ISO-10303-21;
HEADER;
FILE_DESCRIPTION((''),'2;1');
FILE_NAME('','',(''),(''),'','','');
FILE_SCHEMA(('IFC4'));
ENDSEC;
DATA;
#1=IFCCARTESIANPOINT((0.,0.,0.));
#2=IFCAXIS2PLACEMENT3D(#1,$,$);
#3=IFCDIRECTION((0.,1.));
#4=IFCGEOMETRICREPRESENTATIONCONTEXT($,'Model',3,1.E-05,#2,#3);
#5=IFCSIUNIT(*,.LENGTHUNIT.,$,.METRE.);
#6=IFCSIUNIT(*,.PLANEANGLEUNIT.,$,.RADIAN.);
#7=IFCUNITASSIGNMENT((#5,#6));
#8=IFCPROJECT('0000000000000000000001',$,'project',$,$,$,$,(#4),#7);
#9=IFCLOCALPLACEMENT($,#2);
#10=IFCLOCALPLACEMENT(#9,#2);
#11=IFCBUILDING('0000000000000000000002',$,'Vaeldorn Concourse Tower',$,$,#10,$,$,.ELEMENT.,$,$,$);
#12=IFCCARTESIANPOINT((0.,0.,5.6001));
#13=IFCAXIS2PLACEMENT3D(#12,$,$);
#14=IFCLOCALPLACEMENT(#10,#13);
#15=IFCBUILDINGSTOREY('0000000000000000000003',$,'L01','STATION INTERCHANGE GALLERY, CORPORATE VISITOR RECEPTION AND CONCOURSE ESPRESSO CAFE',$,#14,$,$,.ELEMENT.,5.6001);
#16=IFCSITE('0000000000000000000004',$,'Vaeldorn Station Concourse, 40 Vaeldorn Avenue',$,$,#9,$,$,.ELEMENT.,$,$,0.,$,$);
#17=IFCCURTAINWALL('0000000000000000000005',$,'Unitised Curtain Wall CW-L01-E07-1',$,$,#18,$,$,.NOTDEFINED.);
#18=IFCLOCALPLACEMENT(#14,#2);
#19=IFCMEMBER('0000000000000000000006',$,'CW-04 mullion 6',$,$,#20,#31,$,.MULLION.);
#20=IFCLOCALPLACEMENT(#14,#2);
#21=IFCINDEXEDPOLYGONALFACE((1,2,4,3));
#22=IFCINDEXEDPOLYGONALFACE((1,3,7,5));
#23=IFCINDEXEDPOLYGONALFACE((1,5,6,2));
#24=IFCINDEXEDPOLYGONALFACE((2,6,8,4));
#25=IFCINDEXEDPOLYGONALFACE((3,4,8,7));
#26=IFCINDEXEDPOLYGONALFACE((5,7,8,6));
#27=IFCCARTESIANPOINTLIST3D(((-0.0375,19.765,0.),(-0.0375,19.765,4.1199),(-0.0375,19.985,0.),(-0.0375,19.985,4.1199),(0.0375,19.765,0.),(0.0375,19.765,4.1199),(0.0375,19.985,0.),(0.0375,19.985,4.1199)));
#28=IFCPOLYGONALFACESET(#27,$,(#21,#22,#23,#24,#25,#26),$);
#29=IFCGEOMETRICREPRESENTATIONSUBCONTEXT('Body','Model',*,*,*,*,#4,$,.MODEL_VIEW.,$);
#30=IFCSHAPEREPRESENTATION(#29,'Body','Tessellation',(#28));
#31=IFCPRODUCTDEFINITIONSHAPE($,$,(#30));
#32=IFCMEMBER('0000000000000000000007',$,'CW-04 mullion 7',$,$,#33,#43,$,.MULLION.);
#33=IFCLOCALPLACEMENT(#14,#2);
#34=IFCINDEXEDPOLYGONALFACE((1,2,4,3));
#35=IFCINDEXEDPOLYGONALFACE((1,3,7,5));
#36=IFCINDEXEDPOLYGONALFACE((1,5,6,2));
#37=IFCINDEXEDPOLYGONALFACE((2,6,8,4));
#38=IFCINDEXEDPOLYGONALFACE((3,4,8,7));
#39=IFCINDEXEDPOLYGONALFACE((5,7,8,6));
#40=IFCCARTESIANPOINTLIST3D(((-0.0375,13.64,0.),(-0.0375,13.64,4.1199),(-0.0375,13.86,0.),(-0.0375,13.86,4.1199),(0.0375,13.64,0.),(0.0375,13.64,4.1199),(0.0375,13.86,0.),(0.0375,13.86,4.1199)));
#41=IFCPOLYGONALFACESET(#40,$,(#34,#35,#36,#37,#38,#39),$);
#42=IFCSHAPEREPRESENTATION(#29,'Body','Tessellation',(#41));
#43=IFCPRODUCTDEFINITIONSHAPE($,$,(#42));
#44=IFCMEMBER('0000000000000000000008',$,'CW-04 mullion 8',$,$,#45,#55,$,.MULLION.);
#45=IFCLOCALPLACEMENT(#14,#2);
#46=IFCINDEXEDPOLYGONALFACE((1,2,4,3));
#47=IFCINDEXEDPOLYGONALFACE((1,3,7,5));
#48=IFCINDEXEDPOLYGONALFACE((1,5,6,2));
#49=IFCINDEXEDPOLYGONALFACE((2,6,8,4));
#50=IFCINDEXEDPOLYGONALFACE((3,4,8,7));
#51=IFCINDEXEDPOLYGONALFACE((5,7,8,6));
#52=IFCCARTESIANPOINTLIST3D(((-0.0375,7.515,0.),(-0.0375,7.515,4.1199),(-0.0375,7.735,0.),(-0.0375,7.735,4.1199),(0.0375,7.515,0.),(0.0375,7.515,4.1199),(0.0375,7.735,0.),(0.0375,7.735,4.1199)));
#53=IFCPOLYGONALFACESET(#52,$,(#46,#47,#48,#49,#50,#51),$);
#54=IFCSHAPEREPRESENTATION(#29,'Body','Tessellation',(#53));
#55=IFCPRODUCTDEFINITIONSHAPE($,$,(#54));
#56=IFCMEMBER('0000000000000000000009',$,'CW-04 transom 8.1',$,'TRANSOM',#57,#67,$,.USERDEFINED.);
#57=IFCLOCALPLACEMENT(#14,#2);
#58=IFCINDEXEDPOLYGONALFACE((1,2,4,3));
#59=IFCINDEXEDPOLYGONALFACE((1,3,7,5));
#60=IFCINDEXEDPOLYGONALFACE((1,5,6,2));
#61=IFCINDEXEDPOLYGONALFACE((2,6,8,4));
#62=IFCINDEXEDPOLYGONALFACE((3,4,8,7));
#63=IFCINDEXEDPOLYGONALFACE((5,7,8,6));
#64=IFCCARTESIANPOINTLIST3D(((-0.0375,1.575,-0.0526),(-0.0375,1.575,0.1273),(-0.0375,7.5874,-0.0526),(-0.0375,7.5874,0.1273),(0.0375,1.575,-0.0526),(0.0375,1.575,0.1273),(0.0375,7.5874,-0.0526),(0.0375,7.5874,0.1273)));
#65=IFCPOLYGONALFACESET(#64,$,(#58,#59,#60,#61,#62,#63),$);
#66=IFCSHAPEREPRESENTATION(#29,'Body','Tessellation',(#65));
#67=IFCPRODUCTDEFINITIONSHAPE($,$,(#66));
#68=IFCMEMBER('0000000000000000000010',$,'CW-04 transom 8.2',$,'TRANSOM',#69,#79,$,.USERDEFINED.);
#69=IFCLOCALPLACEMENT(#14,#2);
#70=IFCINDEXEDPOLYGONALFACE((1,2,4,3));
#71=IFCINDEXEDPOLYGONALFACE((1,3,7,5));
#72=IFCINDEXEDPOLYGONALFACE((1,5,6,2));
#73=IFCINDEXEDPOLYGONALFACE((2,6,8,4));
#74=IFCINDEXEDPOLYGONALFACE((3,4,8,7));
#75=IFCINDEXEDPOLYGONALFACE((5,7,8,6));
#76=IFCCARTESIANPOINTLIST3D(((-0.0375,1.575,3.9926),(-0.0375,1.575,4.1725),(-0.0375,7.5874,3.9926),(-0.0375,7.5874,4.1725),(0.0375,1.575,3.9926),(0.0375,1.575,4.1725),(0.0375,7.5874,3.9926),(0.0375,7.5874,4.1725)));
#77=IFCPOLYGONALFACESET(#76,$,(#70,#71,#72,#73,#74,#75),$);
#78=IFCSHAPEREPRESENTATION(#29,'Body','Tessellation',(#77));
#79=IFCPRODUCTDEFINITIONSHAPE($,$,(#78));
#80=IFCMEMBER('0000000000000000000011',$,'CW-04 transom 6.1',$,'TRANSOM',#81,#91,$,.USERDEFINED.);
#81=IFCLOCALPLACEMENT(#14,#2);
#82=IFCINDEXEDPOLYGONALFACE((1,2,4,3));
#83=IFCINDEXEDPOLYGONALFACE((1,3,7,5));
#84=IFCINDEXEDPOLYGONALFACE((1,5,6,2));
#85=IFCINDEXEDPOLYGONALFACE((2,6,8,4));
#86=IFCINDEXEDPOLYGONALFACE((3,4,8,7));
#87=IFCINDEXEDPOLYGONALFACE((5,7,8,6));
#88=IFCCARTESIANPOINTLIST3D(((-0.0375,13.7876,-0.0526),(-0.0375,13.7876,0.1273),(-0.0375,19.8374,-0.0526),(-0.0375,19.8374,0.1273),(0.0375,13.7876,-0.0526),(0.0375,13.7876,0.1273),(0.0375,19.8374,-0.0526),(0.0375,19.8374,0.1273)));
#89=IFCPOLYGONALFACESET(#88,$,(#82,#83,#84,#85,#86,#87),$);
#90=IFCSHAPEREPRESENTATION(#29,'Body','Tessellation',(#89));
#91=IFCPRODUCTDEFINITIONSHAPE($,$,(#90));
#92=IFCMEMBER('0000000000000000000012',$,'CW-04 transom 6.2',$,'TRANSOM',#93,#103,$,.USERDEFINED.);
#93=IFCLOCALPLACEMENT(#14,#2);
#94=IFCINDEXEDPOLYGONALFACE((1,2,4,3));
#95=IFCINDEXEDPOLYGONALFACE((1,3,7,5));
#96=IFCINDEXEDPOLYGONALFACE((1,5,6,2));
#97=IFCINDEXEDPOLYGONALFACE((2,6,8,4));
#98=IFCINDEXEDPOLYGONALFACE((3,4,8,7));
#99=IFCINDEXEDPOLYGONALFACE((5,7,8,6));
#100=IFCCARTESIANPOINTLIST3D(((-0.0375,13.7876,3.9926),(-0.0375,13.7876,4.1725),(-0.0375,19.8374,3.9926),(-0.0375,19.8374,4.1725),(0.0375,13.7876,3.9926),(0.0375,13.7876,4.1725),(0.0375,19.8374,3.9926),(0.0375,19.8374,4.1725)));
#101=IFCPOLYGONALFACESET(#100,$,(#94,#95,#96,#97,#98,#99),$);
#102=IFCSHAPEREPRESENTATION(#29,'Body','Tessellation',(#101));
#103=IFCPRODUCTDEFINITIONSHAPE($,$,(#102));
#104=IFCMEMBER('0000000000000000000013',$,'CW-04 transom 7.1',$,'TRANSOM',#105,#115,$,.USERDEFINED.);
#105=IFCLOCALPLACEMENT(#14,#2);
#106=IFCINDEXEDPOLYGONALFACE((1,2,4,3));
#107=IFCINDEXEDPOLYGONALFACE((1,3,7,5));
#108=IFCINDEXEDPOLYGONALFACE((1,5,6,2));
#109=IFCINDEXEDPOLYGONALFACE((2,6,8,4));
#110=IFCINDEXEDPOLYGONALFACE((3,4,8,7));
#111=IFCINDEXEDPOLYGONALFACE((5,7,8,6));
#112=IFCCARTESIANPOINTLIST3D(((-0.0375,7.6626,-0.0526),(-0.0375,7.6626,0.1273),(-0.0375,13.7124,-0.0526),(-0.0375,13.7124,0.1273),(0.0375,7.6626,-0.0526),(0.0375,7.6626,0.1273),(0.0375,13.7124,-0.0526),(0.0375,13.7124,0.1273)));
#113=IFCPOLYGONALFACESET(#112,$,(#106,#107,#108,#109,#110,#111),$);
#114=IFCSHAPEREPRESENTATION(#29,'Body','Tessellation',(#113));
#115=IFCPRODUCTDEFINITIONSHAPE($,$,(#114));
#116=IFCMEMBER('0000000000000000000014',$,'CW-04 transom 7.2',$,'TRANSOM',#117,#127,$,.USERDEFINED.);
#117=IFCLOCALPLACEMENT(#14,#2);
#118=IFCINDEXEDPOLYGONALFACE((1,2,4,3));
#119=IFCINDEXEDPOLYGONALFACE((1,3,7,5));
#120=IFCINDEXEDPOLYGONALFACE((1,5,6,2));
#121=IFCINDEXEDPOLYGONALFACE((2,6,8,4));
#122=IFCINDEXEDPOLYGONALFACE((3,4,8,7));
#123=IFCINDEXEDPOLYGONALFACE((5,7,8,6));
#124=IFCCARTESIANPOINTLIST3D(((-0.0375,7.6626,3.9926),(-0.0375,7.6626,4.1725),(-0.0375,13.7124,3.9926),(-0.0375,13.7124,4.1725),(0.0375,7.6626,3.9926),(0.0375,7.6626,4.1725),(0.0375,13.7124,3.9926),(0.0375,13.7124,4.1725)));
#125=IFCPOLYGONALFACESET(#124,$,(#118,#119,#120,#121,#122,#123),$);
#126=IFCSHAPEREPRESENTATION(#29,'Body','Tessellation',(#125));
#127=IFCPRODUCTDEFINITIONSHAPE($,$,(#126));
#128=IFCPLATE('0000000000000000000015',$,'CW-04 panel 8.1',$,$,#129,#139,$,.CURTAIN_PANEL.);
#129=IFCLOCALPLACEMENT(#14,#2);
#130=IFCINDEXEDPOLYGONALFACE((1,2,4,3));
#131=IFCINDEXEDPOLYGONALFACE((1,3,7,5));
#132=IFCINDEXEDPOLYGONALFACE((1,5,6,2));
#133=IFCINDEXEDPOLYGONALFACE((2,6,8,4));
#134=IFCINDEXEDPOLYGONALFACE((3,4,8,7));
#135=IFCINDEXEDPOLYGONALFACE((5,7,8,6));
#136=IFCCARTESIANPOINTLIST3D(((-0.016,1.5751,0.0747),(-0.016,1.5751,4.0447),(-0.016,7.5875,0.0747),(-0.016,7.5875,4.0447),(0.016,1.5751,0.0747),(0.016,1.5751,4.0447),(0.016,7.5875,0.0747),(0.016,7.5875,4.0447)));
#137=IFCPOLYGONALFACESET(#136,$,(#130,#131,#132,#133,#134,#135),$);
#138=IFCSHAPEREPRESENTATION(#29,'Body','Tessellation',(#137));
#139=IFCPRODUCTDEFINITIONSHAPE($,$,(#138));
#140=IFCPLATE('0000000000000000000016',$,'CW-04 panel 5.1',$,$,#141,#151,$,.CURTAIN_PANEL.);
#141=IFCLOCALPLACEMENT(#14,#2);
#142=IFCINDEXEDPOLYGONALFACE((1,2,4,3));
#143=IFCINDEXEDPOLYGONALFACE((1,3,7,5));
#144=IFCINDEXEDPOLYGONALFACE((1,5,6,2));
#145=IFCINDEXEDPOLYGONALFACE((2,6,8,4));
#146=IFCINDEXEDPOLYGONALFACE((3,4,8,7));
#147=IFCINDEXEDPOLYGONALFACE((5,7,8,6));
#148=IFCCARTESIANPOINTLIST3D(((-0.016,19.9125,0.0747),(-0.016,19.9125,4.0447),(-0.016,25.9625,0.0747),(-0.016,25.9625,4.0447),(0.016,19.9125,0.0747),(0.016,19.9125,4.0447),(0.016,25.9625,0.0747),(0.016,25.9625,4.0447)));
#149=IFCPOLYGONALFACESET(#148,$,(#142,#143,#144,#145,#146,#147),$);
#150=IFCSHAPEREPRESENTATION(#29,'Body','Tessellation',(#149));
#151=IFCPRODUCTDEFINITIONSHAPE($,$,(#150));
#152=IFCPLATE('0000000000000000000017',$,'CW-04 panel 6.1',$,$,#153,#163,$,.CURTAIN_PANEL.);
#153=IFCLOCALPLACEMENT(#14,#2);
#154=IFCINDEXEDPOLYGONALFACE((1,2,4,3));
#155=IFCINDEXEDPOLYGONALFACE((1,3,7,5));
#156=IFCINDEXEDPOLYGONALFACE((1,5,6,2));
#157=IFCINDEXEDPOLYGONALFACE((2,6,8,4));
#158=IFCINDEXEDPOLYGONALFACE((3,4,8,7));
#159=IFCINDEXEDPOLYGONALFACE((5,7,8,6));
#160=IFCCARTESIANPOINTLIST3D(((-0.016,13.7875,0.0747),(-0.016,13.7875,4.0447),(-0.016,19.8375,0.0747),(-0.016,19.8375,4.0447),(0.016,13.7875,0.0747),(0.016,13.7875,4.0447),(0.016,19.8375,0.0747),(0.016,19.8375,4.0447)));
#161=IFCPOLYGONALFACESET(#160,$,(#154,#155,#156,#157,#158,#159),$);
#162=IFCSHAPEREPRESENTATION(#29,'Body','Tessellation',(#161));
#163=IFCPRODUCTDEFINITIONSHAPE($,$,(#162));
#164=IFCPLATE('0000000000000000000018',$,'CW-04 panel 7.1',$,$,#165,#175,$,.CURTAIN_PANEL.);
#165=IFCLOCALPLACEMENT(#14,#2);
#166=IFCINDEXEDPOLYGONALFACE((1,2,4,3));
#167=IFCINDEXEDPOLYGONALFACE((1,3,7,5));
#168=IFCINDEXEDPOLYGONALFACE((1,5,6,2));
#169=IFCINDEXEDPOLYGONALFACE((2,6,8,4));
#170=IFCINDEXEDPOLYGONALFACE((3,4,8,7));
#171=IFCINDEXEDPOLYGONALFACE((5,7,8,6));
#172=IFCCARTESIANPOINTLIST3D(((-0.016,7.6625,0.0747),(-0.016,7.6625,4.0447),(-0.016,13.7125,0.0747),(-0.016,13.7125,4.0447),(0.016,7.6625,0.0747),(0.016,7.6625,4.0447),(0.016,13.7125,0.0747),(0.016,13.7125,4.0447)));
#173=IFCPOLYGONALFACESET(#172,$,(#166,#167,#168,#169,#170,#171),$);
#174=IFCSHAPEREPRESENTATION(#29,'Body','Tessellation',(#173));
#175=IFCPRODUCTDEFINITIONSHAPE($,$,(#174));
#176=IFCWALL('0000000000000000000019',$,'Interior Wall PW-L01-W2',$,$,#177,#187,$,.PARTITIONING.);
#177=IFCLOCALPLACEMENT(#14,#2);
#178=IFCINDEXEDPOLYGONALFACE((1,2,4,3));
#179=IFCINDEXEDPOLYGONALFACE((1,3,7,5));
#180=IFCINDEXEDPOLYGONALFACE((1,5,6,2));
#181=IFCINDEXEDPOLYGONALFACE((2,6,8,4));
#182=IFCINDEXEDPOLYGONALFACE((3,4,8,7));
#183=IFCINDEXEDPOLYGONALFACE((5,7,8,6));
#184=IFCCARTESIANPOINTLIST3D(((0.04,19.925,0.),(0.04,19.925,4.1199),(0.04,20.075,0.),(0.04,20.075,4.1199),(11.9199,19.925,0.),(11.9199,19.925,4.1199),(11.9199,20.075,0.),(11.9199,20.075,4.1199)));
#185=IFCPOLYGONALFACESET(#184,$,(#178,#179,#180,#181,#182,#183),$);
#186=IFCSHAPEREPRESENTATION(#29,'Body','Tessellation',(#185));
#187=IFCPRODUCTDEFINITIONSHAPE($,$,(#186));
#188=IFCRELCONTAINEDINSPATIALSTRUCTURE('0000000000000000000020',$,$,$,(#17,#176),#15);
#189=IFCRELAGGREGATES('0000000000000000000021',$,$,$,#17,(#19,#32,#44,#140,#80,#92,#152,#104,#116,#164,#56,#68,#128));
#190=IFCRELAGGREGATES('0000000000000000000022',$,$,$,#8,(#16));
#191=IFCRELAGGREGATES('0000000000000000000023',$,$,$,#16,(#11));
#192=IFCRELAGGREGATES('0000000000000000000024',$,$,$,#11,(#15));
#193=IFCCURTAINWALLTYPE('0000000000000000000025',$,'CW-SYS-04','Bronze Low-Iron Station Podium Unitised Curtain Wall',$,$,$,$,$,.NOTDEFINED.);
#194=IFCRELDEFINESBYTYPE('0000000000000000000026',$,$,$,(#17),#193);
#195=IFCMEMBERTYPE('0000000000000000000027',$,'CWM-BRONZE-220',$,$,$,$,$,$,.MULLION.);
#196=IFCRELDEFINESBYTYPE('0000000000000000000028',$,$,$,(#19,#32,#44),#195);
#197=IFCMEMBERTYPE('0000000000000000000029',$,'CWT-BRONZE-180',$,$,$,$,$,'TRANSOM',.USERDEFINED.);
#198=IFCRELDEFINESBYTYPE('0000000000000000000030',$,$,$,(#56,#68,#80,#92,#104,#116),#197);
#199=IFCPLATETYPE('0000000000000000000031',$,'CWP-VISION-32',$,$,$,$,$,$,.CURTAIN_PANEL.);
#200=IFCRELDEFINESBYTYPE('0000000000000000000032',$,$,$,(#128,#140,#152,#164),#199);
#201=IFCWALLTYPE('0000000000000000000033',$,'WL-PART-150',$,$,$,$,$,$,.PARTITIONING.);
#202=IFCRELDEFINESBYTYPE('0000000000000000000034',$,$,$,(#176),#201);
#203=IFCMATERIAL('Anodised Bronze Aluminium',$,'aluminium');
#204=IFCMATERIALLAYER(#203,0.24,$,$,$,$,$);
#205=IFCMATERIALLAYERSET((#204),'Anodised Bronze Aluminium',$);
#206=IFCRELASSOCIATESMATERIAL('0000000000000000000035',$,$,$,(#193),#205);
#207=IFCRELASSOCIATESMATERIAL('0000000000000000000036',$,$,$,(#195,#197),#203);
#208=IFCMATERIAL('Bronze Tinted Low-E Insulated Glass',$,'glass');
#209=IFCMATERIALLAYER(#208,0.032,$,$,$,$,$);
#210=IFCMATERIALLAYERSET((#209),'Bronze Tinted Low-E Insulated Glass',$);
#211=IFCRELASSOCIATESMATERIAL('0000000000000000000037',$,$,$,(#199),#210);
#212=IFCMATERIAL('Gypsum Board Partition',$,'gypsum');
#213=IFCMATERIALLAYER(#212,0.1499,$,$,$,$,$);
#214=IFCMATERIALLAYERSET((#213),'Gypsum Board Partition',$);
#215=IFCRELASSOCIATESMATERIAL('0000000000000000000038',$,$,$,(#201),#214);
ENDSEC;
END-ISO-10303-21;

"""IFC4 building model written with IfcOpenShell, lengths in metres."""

from ifc_helpers import new_model, si_unit, direction, frame, frame_2d, origin, origin_2d, place, context, subcontext, project, spatial, rectangle, extrude, source, transform, mapped, material, layer, layer_set, material_profile, profile_set, type_object, element, aggregate, save


model = new_model("IFC4")

# Units and contexts
model_context = context("Model", 3, precision=1e-05, world=origin(), true_north=direction((0.0, 1.0)))
body_context = subcontext(model_context, "Body", "Model", "MODEL_VIEW")
ifc_project = project(units=[si_unit("LENGTHUNIT", "METRE"), si_unit("PLANEANGLEUNIT", "RADIAN")], contexts=[model_context])

# Site, building, storey
site_placement = place(None, origin())
site = spatial("IfcSite", under=ifc_project, at=site_placement, Name="Vaeldorn Station Concourse, 40 Vaeldorn Avenue", CompositionType="ELEMENT", RefElevation=0.0)
building_placement = place(site_placement, origin())
building = spatial("IfcBuilding", under=site, at=building_placement, Name="Vaeldorn Concourse Tower", CompositionType="ELEMENT")
storey_placement = place(building_placement, frame((0.0, 0.0, 5.6001)))
storey = spatial("IfcBuildingStorey", under=building, at=storey_placement, Name="L01", Description="STATION INTERCHANGE GALLERY, CORPORATE VISITOR RECEPTION AND CONCOURSE ESPRESSO CAFE", CompositionType="ELEMENT", Elevation=5.6001)

# Curtain wall, members, plates
ifc_material_1 = material(Name="Anodised Bronze Aluminium", Category="aluminium")
ifc_layer_1 = layer(ifc_material_1, 0.24)
ifc_layer_set_1 = layer_set([ifc_layer_1], Name="Anodised Bronze Aluminium")
curtain_wall_type = type_object("IfcCurtainWallType", Name="CW-SYS-04", Description="Bronze Low-Iron Station Podium Unitised Curtain Wall", PredefinedType="NOTDEFINED", material=ifc_layer_set_1)
curtain_wall_placement = place(storey_placement, origin())
curtain_wall = element("IfcCurtainWall", 1, at=curtain_wall_placement, inside=storey, type_object=curtain_wall_type, Name="Unitised Curtain Wall CW-L01-E07-1", PredefinedType="NOTDEFINED")
ifc_material_profile_1 = material_profile(ifc_material_1, rectangle(XDim=0.075, YDim=0.22, at=origin_2d()), Name="CWM 75x220")
ifc_profile_set_1 = profile_set([ifc_material_profile_1], Name="Anodised Bronze Aluminium")
member_type_1 = type_object("IfcMemberType", Name="CWM-BRONZE-220", PredefinedType="MULLION", material=ifc_profile_set_1)
shared_shape_1 = source(origin(), body_context, "Body", "SweptSolid", [
    extrude(rectangle(XDim=0.075, YDim=0.22, at=origin_2d()), origin(), (0.0, 0.0, 1.0), 4.1199),
])
member_1_placement = place(storey_placement, frame((0.0, 19.875, 0.0), z_axis=(0.0, 0.0, 1.0), x_axis=(1.0, 0.0, 0.0)))
member_1 = element("IfcMember", 2, at=member_1_placement, type_object=member_type_1, Name="CW-04 mullion 6", PredefinedType="MULLION", context=body_context, shape_type="MappedRepresentation", body=[
    mapped(shared_shape_1, transform((0.0, 0.0, 0.0), scale=1.0)),
])
member_2_placement = place(storey_placement, frame((0.0, 13.75, 0.0), z_axis=(0.0, 0.0, 1.0), x_axis=(1.0, 0.0, 0.0)))
member_2 = element("IfcMember", 3, at=member_2_placement, type_object=member_type_1, Name="CW-04 mullion 7", PredefinedType="MULLION", context=body_context, shape_type="MappedRepresentation", body=[
    mapped(shared_shape_1, transform((0.0, 0.0, 0.0), scale=1.0)),
])
member_3_placement = place(storey_placement, frame((0.0, 7.625, 0.0), z_axis=(0.0, 0.0, 1.0), x_axis=(1.0, 0.0, 0.0)))
member_3 = element("IfcMember", 4, at=member_3_placement, type_object=member_type_1, Name="CW-04 mullion 8", PredefinedType="MULLION", context=body_context, shape_type="MappedRepresentation", body=[
    mapped(shared_shape_1, transform((0.0, 0.0, 0.0), scale=1.0)),
])
ifc_material_profile_2 = material_profile(ifc_material_1, rectangle(XDim=0.075, YDim=0.1799, at=origin_2d()), Name="CWT 75x180")
ifc_profile_set_2 = profile_set([ifc_material_profile_2], Name="Anodised Bronze Aluminium")
member_type_2 = type_object("IfcMemberType", Name="CWT-BRONZE-180", ElementType="TRANSOM", PredefinedType="USERDEFINED", material=ifc_profile_set_2)
shared_shape_2 = source(origin(), body_context, "Body", "SweptSolid", [
    extrude(rectangle(XDim=0.075, YDim=0.1799, at=origin_2d()), origin(), (0.0, 0.0, 1.0), 6.0125),
])
member_4_placement = place(storey_placement, frame((0.0, 7.5874, 0.0374), z_axis=(0.0, -1.0, 0.0), x_axis=(1.0, 0.0, 0.0)))
member_4 = element("IfcMember", 5, at=member_4_placement, type_object=member_type_2, Name="CW-04 transom 8.1", ObjectType="TRANSOM", PredefinedType="USERDEFINED", context=body_context, shape_type="MappedRepresentation", body=[
    mapped(shared_shape_2, transform((0.0, 0.0, 0.0), scale=1.0)),
])
member_5_placement = place(storey_placement, frame((0.0, 7.5874, 4.0825), z_axis=(0.0, -1.0, 0.0), x_axis=(1.0, 0.0, 0.0)))
member_5 = element("IfcMember", 6, at=member_5_placement, type_object=member_type_2, Name="CW-04 transom 8.2", ObjectType="TRANSOM", PredefinedType="USERDEFINED", context=body_context, shape_type="MappedRepresentation", body=[
    mapped(shared_shape_2, transform((0.0, 0.0, 0.0), scale=1.0)),
])
shared_shape_3 = source(origin(), body_context, "Body", "SweptSolid", [
    extrude(rectangle(XDim=0.075, YDim=0.1799, at=origin_2d()), origin(), (0.0, 0.0, 1.0), 6.0498),
])
member_6_placement = place(storey_placement, frame((0.0, 19.8374, 0.0374), z_axis=(0.0, -1.0, 0.0), x_axis=(1.0, 0.0, 0.0)))
member_6 = element("IfcMember", 7, at=member_6_placement, type_object=member_type_2, Name="CW-04 transom 6.1", ObjectType="TRANSOM", PredefinedType="USERDEFINED", context=body_context, shape_type="MappedRepresentation", body=[
    mapped(shared_shape_3, transform((0.0, 0.0, 0.0), scale=1.0)),
])
member_7_placement = place(storey_placement, frame((0.0, 19.8374, 4.0825), z_axis=(0.0, -1.0, 0.0), x_axis=(1.0, 0.0, 0.0)))
member_7 = element("IfcMember", 8, at=member_7_placement, type_object=member_type_2, Name="CW-04 transom 6.2", ObjectType="TRANSOM", PredefinedType="USERDEFINED", context=body_context, shape_type="MappedRepresentation", body=[
    mapped(shared_shape_3, transform((0.0, 0.0, 0.0), scale=1.0)),
])
member_8_placement = place(storey_placement, frame((0.0, 13.7124, 0.0374), z_axis=(0.0, -1.0, 0.0), x_axis=(1.0, 0.0, 0.0)))
member_8 = element("IfcMember", 9, at=member_8_placement, type_object=member_type_2, Name="CW-04 transom 7.1", ObjectType="TRANSOM", PredefinedType="USERDEFINED", context=body_context, shape_type="MappedRepresentation", body=[
    mapped(shared_shape_3, transform((0.0, 0.0, 0.0), scale=1.0)),
])
member_9_placement = place(storey_placement, frame((0.0, 13.7124, 4.0825), z_axis=(0.0, -1.0, 0.0), x_axis=(1.0, 0.0, 0.0)))
member_9 = element("IfcMember", 10, at=member_9_placement, type_object=member_type_2, Name="CW-04 transom 7.2", ObjectType="TRANSOM", PredefinedType="USERDEFINED", context=body_context, shape_type="MappedRepresentation", body=[
    mapped(shared_shape_3, transform((0.0, 0.0, 0.0), scale=1.0)),
])
ifc_material_2 = material(Name="Bronze Tinted Low-E Insulated Glass", Category="glass")
ifc_layer_2 = layer(ifc_material_2, 0.032)
ifc_layer_set_2 = layer_set([ifc_layer_2], Name="Bronze Tinted Low-E Insulated Glass")
plate_type = type_object("IfcPlateType", Name="CWP-VISION-32", PredefinedType="CURTAIN_PANEL", material=ifc_layer_set_2)
shared_shape_4 = source(origin(), body_context, "Body", "SweptSolid", [
    extrude(rectangle(XDim=6.0125, YDim=0.032, at=origin_2d()), origin(), (0.0, 0.0, 1.0), 3.97),
])
plate_1_placement = place(storey_placement, frame((0.0, 4.5813, 0.0747), z_axis=(0.0, 0.0, 1.0), x_axis=(0.0, -1.0, 0.0)))
plate_1 = element("IfcPlate", 11, at=plate_1_placement, type_object=plate_type, Name="CW-04 panel 8.1", PredefinedType="CURTAIN_PANEL", context=body_context, shape_type="MappedRepresentation", body=[
    mapped(shared_shape_4, transform((0.0, 0.0, 0.0), scale=1.0)),
])
shared_shape_5 = source(origin(), body_context, "Body", "SweptSolid", [
    extrude(rectangle(XDim=6.05, YDim=0.032, at=origin_2d()), origin(), (0.0, 0.0, 1.0), 3.97),
])
plate_2_placement = place(storey_placement, frame((0.0, 22.9375, 0.0747), z_axis=(0.0, 0.0, 1.0), x_axis=(0.0, -1.0, 0.0)))
plate_2 = element("IfcPlate", 12, at=plate_2_placement, type_object=plate_type, Name="CW-04 panel 5.1", PredefinedType="CURTAIN_PANEL", context=body_context, shape_type="MappedRepresentation", body=[
    mapped(shared_shape_5, transform((0.0, 0.0, 0.0), scale=1.0)),
])
plate_3_placement = place(storey_placement, frame((0.0, 16.8125, 0.0747), z_axis=(0.0, 0.0, 1.0), x_axis=(0.0, -1.0, 0.0)))
plate_3 = element("IfcPlate", 13, at=plate_3_placement, type_object=plate_type, Name="CW-04 panel 6.1", PredefinedType="CURTAIN_PANEL", context=body_context, shape_type="MappedRepresentation", body=[
    mapped(shared_shape_5, transform((0.0, 0.0, 0.0), scale=1.0)),
])
plate_4_placement = place(storey_placement, frame((0.0, 10.6875, 0.0747), z_axis=(0.0, 0.0, 1.0), x_axis=(0.0, -1.0, 0.0)))
plate_4 = element("IfcPlate", 14, at=plate_4_placement, type_object=plate_type, Name="CW-04 panel 7.1", PredefinedType="CURTAIN_PANEL", context=body_context, shape_type="MappedRepresentation", body=[
    mapped(shared_shape_5, transform((0.0, 0.0, 0.0), scale=1.0)),
])
aggregate(curtain_wall, [member_1, member_2, member_3, plate_2, member_6, member_7, plate_3, member_8, member_9, plate_4, member_4, member_5, plate_1])

# Wall
ifc_material_3 = material(Name="Gypsum Board Partition", Category="gypsum")
ifc_layer_3 = layer(ifc_material_3, 0.1499)
ifc_layer_set_3 = layer_set([ifc_layer_3], Name="Gypsum Board Partition")
wall_type = type_object("IfcWallType", Name="WL-PART-150", PredefinedType="PARTITIONING", material=ifc_layer_set_3)
wall_placement = place(storey_placement, frame((0.04, 20.0, 0.0), z_axis=(0.0, 0.0, 1.0), x_axis=(1.0, 0.0, 0.0)))
element("IfcWall", 15, at=wall_placement, inside=storey, type_object=wall_type, Name="Interior Wall PW-L01-W2", PredefinedType="PARTITIONING", context=body_context, shape_type="SweptSolid", body=[
    extrude(rectangle(XDim=11.8799, YDim=0.1499, at=frame_2d((5.9399, 0.0))), origin(), (0.0, 0.0, 1.0), 4.1199),
])

save(model, "model.ifc")
